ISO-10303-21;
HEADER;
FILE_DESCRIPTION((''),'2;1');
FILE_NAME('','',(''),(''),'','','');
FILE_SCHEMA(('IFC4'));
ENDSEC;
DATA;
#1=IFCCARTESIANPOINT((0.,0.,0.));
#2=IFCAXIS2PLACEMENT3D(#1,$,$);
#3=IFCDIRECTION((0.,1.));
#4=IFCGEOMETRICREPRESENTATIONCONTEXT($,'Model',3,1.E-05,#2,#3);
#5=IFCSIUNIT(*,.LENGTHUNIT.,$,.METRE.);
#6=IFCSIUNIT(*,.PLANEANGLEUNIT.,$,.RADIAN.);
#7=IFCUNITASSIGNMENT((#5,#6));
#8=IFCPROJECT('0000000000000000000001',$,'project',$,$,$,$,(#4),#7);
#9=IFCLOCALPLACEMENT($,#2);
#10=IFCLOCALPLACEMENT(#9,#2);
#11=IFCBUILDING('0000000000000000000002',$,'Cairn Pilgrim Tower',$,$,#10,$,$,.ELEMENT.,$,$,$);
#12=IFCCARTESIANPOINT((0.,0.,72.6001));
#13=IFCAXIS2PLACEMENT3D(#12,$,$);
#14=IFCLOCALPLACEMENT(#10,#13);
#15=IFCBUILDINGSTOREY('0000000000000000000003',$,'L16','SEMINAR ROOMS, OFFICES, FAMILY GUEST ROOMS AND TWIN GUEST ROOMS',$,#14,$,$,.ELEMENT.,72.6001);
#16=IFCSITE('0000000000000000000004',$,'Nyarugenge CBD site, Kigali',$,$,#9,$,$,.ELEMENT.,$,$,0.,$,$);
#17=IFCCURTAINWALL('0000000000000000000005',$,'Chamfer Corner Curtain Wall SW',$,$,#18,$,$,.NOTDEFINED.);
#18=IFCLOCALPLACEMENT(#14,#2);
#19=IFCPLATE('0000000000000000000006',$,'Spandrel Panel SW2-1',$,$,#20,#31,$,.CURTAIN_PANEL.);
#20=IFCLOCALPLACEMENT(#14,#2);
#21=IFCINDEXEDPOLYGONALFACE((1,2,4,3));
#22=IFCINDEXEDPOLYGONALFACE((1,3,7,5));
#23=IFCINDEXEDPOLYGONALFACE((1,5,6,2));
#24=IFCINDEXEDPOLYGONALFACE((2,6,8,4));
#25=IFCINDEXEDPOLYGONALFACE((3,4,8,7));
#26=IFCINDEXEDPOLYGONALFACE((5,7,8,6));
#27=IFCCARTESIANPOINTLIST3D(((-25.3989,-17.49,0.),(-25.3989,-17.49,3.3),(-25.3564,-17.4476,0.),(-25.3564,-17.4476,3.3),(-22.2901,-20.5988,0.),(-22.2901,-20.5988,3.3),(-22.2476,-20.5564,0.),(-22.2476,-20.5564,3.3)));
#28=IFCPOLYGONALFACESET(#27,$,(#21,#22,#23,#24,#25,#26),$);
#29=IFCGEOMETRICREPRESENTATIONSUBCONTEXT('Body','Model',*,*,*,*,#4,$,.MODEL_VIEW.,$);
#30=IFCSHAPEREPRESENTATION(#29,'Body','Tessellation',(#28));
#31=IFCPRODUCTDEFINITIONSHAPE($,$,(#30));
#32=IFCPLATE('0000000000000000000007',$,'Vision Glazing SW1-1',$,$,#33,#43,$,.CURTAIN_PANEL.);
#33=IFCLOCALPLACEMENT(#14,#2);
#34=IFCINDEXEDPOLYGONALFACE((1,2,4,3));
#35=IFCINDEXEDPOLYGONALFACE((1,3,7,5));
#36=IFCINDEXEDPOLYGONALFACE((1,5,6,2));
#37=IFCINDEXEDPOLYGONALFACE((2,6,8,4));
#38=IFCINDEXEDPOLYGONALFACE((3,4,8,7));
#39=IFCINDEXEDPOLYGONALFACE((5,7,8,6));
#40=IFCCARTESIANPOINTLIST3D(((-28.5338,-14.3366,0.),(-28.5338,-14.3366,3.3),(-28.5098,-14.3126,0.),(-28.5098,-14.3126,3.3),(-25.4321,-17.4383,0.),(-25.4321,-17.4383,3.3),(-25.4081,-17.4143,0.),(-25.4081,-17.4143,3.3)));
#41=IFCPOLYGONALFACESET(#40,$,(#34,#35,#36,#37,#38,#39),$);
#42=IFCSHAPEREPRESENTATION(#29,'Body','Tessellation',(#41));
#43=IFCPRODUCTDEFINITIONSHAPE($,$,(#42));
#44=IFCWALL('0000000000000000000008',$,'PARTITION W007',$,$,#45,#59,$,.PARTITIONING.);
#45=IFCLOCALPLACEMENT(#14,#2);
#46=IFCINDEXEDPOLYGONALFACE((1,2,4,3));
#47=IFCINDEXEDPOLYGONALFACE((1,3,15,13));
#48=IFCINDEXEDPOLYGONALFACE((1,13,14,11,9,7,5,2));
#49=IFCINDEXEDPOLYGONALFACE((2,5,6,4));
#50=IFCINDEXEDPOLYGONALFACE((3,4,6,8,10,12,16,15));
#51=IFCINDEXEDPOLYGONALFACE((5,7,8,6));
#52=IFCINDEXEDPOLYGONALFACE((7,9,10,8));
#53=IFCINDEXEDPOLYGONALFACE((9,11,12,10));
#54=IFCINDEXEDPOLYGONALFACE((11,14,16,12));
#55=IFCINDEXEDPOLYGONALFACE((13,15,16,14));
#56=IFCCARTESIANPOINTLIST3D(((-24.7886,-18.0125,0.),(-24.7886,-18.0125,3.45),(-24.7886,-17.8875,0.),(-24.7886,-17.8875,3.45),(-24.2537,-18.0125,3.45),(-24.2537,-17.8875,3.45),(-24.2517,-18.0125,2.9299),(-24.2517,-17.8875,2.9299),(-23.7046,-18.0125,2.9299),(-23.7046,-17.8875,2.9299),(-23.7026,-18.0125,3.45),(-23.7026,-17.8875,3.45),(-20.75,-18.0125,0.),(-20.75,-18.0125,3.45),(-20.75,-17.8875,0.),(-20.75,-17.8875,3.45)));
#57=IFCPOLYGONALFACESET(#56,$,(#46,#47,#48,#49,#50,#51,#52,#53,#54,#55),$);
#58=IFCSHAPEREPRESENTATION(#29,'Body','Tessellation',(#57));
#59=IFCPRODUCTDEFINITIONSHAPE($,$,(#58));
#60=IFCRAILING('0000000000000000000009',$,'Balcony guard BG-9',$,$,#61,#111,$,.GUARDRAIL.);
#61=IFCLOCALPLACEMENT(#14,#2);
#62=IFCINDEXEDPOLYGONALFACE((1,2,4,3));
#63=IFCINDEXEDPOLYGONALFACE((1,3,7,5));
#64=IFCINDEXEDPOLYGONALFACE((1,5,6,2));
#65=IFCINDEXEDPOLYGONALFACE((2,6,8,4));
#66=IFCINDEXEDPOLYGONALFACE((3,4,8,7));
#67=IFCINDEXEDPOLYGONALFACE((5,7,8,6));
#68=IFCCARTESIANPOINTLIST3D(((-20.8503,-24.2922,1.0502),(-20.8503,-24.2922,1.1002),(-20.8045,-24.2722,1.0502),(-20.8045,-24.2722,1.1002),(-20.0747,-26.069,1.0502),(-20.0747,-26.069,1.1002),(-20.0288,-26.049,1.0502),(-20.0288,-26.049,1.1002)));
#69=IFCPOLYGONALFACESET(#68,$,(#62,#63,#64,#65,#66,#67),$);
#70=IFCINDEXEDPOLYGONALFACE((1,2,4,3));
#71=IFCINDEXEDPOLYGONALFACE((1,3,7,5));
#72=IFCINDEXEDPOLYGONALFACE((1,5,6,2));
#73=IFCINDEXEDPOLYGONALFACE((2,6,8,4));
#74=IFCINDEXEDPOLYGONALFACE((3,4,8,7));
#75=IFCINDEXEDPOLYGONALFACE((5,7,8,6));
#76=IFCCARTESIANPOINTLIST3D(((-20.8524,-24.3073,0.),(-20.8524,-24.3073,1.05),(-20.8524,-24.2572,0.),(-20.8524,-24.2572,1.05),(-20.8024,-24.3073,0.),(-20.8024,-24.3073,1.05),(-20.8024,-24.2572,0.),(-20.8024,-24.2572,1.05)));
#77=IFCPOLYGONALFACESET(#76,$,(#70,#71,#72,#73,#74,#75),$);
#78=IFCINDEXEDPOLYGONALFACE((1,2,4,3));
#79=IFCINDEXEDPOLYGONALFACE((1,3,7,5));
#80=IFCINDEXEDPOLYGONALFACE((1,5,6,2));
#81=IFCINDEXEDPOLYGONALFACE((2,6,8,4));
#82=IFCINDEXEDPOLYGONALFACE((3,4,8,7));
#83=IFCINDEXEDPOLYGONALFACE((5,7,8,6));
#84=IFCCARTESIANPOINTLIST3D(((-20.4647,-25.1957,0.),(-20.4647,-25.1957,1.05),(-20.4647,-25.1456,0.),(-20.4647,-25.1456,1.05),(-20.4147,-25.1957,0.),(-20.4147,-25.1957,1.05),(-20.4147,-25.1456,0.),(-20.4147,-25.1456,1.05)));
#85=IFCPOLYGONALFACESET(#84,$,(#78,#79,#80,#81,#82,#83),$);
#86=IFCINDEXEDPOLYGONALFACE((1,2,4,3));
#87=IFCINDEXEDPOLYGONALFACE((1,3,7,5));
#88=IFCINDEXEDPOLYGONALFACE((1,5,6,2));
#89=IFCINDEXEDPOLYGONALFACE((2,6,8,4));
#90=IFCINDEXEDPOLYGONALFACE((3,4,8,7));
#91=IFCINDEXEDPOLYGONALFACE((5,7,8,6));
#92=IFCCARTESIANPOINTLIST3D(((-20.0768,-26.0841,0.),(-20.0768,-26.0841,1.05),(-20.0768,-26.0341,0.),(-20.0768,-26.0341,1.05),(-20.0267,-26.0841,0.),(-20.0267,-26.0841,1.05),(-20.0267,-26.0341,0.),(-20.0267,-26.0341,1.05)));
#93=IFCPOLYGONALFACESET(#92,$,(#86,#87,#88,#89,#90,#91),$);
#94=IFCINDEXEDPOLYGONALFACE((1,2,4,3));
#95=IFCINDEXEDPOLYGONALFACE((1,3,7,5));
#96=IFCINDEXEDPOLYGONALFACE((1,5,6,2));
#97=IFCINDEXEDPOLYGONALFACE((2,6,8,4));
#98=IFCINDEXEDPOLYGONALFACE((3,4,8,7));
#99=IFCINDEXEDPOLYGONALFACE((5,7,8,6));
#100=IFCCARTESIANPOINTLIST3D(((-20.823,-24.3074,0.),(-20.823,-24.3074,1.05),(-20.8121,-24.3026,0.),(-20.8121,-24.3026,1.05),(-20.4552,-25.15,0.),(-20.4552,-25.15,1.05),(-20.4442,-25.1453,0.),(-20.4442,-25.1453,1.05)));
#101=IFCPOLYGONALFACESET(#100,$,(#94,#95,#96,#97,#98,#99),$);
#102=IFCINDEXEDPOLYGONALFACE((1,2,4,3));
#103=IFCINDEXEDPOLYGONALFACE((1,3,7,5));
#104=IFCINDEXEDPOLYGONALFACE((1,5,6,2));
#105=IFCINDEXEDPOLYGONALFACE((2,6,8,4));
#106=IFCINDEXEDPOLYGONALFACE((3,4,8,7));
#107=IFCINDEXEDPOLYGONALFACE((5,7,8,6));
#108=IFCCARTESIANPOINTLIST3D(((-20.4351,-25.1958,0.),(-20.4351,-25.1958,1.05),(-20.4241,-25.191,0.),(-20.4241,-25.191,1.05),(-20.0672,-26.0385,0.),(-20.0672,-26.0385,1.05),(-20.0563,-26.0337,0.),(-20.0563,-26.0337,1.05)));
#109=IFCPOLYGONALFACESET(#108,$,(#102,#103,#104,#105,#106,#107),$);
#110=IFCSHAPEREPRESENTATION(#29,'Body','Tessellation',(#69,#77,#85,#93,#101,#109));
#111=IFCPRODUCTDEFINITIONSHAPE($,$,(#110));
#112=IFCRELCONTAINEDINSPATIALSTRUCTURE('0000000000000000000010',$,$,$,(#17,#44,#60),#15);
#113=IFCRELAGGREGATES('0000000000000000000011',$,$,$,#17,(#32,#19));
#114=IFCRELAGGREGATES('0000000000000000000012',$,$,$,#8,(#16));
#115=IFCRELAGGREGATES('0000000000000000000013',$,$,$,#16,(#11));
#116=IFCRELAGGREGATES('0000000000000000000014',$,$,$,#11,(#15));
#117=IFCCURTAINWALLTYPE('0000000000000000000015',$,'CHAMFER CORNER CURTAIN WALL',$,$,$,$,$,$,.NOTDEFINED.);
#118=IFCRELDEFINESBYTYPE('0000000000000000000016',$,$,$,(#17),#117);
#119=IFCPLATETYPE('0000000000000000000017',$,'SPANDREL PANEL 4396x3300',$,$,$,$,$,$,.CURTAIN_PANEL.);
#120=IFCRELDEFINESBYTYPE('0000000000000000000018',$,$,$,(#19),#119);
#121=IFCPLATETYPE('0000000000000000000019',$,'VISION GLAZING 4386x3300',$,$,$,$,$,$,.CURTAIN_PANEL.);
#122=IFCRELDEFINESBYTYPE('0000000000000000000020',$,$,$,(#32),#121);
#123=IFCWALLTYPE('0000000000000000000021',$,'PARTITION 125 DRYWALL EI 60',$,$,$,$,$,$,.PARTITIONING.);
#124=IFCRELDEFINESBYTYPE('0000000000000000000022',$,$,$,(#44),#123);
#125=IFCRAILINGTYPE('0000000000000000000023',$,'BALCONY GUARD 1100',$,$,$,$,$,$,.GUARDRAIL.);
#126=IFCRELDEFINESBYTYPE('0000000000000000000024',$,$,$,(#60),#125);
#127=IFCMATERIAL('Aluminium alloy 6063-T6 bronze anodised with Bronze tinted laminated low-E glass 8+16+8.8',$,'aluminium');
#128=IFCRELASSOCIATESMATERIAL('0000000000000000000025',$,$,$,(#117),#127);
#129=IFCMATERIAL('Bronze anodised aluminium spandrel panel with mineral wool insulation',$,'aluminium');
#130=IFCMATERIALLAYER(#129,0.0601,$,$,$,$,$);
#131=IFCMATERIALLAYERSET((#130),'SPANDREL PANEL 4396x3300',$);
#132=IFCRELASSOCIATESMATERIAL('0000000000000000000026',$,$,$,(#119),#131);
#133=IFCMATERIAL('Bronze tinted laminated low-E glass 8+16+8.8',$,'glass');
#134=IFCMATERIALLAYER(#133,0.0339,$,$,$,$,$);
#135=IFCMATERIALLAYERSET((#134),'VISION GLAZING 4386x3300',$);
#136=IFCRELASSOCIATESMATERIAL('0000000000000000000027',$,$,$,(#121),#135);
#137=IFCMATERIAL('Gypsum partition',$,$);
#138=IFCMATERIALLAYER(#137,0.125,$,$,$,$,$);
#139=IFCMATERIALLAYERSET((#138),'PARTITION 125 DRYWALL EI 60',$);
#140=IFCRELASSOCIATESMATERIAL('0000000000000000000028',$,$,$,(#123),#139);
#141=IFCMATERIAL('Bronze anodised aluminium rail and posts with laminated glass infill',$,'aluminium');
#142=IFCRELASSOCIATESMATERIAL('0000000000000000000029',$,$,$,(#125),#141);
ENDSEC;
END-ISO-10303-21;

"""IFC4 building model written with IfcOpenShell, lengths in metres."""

from ifc_helpers import new_model, si_unit, direction, frame, origin, origin_2d, place, context, subcontext, project, spatial, polyline, rectangle, outline, extrude, material, layer, layer_set, type_object, element, aggregate, save


model = new_model("IFC4")

# Units and contexts
model_context = context("Model", 3, precision=1e-05, world=origin(), true_north=direction((0.0, 1.0)))
body_context = subcontext(model_context, "Body", "Model", "MODEL_VIEW")
ifc_project = project(units=[si_unit("LENGTHUNIT", "METRE"), si_unit("PLANEANGLEUNIT", "RADIAN")], contexts=[model_context])

# Site, building, storey
site_placement = place(None, origin())
site = spatial("IfcSite", under=ifc_project, at=site_placement, Name="Nyarugenge CBD site, Kigali", CompositionType="ELEMENT", RefElevation=0.0)
building_placement = place(site_placement, origin())
building = spatial("IfcBuilding", under=site, at=building_placement, Name="Cairn Pilgrim Tower", CompositionType="ELEMENT")
storey_placement = place(building_placement, frame((0.0, 0.0, 72.6001)))
storey = spatial("IfcBuildingStorey", under=building, at=storey_placement, Name="L16", Description="SEMINAR ROOMS, OFFICES, FAMILY GUEST ROOMS AND TWIN GUEST ROOMS", CompositionType="ELEMENT", Elevation=72.6001)

# Curtain wall
ifc_material_1 = material(Name="Aluminium alloy 6063-T6 bronze anodised with Bronze tinted laminated low-E glass 8+16+8.8", Category="aluminium")
curtain_wall_type = type_object("IfcCurtainWallType", Name="CHAMFER CORNER CURTAIN WALL", PredefinedType="NOTDEFINED", material=ifc_material_1)
curtain_wall_placement = place(storey_placement, origin())
curtain_wall = element("IfcCurtainWall", 1, at=curtain_wall_placement, inside=storey, type_object=curtain_wall_type, Name="Chamfer Corner Curtain Wall SW", PredefinedType="NOTDEFINED")

# Plates
ifc_material_2 = material(Name="Bronze anodised aluminium spandrel panel with mineral wool insulation", Category="aluminium")
ifc_layer_1 = layer(ifc_material_2, 0.0601)
ifc_layer_set_1 = layer_set([ifc_layer_1], Name="SPANDREL PANEL 4396x3300")
plate_type_1 = type_object("IfcPlateType", Name="SPANDREL PANEL 4396x3300", PredefinedType="CURTAIN_PANEL", material=ifc_layer_set_1)
plate_1_placement = place(storey_placement, frame((-23.8232, -19.0232, 0.0), z_axis=(0.0, 0.0, 1.0), x_axis=(0.707107, -0.707107, 0.0)))
plate_1 = element("IfcPlate", 2, at=plate_1_placement, type_object=plate_type_1, Name="Spandrel Panel SW2-1", PredefinedType="CURTAIN_PANEL", context=body_context, shape_type="SweptSolid", body=[
    extrude(rectangle(XDim=4.3965, YDim=0.0601, at=origin_2d()), origin(), (0.0, 0.0, 1.0), 3.3),
])
ifc_material_3 = material(Name="Bronze tinted laminated low-E glass 8+16+8.8", Category="glass")
ifc_layer_2 = layer(ifc_material_3, 0.0339)
ifc_layer_set_2 = layer_set([ifc_layer_2], Name="VISION GLAZING 4386x3300")
plate_type_2 = type_object("IfcPlateType", Name="VISION GLAZING 4386x3300", PredefinedType="CURTAIN_PANEL", material=ifc_layer_set_2)
plate_2_placement = place(storey_placement, frame((-26.9709, -15.8755, 0.0), z_axis=(0.0, 0.0, 1.0), x_axis=(0.707107, -0.707107, 0.0)))
plate_2 = element("IfcPlate", 3, at=plate_2_placement, type_object=plate_type_2, Name="Vision Glazing SW1-1", PredefinedType="CURTAIN_PANEL", context=body_context, shape_type="SweptSolid", body=[
    extrude(rectangle(XDim=4.3865, YDim=0.0339, at=origin_2d()), origin(), (0.0, 0.0, 1.0), 3.3),
])
aggregate(curtain_wall, [plate_2, plate_1])

# Wall
ifc_material_4 = material(Name="Gypsum partition")
ifc_layer_3 = layer(ifc_material_4, 0.125)
ifc_layer_set_3 = layer_set([ifc_layer_3], Name="PARTITION 125 DRYWALL EI 60")
wall_type = type_object("IfcWallType", Name="PARTITION 125 DRYWALL EI 60", PredefinedType="PARTITIONING", material=ifc_layer_set_3)
wall_placement = place(storey_placement, frame((-24.7886, -17.95, 0.0), z_axis=(0.0, 0.0, 1.0), x_axis=(1.0, 0.0, 0.0)))
element("IfcWall", 4, at=wall_placement, inside=storey, type_object=wall_type, Name="PARTITION W007", PredefinedType="PARTITIONING", context=body_context, shape_type="SweptSolid", body=[
    extrude(outline(polyline([(0.0, 0.0), (4.0386, 0.0), (4.0386, 3.45), (1.0859, 3.45), (1.084, 2.9299), (0.5369, 2.9299), (0.5349, 3.45), (0.0, 3.45), (0.0, 0.0)])), frame((0.0, 0.0625, 0.0), z_axis=(0.0, -1.0, 0.0), x_axis=(1.0, 0.0, 0.0)), (0.0, 0.0, 1.0), 0.125),
])

# Railing
ifc_material_5 = material(Name="Bronze anodised aluminium rail and posts with laminated glass infill", Category="aluminium")
railing_type = type_object("IfcRailingType", Name="BALCONY GUARD 1100", PredefinedType="GUARDRAIL", material=ifc_material_5)
railing_placement = place(storey_placement, frame((-20.8274, -24.2822, 0.0)))
element("IfcRailing", 5, at=railing_placement, inside=storey, type_object=railing_type, Name="Balcony guard BG-9", PredefinedType="GUARDRAIL", context=body_context, shape_type="SweptSolid", body=[
    extrude(rectangle(XDim=0.05, YDim=0.05, at=origin_2d()), frame((0.0, 0.0, 1.0752), z_axis=(0.400066, -0.916486, 0.0), x_axis=(0.916486, 0.400066, 0.0)), (0.0, 0.0, 1.0), 1.9387),
    extrude(rectangle(XDim=0.05, YDim=0.05, at=origin_2d()), origin(), (0.0, 0.0, 1.0), 1.05),
    extrude(rectangle(XDim=0.05, YDim=0.05, at=origin_2d()), frame((0.3877, -0.8884, 0.0)), (0.0, 0.0, 1.0), 1.05),
    extrude(rectangle(XDim=0.05, YDim=0.05, at=origin_2d()), frame((0.7756, -1.7769, 0.0)), (0.0, 0.0, 1.0), 1.05),
    extrude(outline(polyline([(0.0249, 0.0), (0.9443, 0.0), (0.9443, 1.05), (0.0249, 1.05), (0.0249, 0.0)])), frame((0.0054, 0.0024, 0.0), z_axis=(-0.916486, -0.400066, 0.0), x_axis=(0.400066, -0.916486, 0.0)), (0.0, 0.0, 1.0), 0.012),
    extrude(outline(polyline([(0.0249, 0.0), (0.9443, 0.0), (0.9443, 1.05), (0.0249, 1.05), (0.0249, 0.0)])), frame((0.3933, -0.886, 0.0), z_axis=(-0.916486, -0.400066, 0.0), x_axis=(0.400066, -0.916486, 0.0)), (0.0, 0.0, 1.0), 0.012),
])

save(model, "model.ifc")
